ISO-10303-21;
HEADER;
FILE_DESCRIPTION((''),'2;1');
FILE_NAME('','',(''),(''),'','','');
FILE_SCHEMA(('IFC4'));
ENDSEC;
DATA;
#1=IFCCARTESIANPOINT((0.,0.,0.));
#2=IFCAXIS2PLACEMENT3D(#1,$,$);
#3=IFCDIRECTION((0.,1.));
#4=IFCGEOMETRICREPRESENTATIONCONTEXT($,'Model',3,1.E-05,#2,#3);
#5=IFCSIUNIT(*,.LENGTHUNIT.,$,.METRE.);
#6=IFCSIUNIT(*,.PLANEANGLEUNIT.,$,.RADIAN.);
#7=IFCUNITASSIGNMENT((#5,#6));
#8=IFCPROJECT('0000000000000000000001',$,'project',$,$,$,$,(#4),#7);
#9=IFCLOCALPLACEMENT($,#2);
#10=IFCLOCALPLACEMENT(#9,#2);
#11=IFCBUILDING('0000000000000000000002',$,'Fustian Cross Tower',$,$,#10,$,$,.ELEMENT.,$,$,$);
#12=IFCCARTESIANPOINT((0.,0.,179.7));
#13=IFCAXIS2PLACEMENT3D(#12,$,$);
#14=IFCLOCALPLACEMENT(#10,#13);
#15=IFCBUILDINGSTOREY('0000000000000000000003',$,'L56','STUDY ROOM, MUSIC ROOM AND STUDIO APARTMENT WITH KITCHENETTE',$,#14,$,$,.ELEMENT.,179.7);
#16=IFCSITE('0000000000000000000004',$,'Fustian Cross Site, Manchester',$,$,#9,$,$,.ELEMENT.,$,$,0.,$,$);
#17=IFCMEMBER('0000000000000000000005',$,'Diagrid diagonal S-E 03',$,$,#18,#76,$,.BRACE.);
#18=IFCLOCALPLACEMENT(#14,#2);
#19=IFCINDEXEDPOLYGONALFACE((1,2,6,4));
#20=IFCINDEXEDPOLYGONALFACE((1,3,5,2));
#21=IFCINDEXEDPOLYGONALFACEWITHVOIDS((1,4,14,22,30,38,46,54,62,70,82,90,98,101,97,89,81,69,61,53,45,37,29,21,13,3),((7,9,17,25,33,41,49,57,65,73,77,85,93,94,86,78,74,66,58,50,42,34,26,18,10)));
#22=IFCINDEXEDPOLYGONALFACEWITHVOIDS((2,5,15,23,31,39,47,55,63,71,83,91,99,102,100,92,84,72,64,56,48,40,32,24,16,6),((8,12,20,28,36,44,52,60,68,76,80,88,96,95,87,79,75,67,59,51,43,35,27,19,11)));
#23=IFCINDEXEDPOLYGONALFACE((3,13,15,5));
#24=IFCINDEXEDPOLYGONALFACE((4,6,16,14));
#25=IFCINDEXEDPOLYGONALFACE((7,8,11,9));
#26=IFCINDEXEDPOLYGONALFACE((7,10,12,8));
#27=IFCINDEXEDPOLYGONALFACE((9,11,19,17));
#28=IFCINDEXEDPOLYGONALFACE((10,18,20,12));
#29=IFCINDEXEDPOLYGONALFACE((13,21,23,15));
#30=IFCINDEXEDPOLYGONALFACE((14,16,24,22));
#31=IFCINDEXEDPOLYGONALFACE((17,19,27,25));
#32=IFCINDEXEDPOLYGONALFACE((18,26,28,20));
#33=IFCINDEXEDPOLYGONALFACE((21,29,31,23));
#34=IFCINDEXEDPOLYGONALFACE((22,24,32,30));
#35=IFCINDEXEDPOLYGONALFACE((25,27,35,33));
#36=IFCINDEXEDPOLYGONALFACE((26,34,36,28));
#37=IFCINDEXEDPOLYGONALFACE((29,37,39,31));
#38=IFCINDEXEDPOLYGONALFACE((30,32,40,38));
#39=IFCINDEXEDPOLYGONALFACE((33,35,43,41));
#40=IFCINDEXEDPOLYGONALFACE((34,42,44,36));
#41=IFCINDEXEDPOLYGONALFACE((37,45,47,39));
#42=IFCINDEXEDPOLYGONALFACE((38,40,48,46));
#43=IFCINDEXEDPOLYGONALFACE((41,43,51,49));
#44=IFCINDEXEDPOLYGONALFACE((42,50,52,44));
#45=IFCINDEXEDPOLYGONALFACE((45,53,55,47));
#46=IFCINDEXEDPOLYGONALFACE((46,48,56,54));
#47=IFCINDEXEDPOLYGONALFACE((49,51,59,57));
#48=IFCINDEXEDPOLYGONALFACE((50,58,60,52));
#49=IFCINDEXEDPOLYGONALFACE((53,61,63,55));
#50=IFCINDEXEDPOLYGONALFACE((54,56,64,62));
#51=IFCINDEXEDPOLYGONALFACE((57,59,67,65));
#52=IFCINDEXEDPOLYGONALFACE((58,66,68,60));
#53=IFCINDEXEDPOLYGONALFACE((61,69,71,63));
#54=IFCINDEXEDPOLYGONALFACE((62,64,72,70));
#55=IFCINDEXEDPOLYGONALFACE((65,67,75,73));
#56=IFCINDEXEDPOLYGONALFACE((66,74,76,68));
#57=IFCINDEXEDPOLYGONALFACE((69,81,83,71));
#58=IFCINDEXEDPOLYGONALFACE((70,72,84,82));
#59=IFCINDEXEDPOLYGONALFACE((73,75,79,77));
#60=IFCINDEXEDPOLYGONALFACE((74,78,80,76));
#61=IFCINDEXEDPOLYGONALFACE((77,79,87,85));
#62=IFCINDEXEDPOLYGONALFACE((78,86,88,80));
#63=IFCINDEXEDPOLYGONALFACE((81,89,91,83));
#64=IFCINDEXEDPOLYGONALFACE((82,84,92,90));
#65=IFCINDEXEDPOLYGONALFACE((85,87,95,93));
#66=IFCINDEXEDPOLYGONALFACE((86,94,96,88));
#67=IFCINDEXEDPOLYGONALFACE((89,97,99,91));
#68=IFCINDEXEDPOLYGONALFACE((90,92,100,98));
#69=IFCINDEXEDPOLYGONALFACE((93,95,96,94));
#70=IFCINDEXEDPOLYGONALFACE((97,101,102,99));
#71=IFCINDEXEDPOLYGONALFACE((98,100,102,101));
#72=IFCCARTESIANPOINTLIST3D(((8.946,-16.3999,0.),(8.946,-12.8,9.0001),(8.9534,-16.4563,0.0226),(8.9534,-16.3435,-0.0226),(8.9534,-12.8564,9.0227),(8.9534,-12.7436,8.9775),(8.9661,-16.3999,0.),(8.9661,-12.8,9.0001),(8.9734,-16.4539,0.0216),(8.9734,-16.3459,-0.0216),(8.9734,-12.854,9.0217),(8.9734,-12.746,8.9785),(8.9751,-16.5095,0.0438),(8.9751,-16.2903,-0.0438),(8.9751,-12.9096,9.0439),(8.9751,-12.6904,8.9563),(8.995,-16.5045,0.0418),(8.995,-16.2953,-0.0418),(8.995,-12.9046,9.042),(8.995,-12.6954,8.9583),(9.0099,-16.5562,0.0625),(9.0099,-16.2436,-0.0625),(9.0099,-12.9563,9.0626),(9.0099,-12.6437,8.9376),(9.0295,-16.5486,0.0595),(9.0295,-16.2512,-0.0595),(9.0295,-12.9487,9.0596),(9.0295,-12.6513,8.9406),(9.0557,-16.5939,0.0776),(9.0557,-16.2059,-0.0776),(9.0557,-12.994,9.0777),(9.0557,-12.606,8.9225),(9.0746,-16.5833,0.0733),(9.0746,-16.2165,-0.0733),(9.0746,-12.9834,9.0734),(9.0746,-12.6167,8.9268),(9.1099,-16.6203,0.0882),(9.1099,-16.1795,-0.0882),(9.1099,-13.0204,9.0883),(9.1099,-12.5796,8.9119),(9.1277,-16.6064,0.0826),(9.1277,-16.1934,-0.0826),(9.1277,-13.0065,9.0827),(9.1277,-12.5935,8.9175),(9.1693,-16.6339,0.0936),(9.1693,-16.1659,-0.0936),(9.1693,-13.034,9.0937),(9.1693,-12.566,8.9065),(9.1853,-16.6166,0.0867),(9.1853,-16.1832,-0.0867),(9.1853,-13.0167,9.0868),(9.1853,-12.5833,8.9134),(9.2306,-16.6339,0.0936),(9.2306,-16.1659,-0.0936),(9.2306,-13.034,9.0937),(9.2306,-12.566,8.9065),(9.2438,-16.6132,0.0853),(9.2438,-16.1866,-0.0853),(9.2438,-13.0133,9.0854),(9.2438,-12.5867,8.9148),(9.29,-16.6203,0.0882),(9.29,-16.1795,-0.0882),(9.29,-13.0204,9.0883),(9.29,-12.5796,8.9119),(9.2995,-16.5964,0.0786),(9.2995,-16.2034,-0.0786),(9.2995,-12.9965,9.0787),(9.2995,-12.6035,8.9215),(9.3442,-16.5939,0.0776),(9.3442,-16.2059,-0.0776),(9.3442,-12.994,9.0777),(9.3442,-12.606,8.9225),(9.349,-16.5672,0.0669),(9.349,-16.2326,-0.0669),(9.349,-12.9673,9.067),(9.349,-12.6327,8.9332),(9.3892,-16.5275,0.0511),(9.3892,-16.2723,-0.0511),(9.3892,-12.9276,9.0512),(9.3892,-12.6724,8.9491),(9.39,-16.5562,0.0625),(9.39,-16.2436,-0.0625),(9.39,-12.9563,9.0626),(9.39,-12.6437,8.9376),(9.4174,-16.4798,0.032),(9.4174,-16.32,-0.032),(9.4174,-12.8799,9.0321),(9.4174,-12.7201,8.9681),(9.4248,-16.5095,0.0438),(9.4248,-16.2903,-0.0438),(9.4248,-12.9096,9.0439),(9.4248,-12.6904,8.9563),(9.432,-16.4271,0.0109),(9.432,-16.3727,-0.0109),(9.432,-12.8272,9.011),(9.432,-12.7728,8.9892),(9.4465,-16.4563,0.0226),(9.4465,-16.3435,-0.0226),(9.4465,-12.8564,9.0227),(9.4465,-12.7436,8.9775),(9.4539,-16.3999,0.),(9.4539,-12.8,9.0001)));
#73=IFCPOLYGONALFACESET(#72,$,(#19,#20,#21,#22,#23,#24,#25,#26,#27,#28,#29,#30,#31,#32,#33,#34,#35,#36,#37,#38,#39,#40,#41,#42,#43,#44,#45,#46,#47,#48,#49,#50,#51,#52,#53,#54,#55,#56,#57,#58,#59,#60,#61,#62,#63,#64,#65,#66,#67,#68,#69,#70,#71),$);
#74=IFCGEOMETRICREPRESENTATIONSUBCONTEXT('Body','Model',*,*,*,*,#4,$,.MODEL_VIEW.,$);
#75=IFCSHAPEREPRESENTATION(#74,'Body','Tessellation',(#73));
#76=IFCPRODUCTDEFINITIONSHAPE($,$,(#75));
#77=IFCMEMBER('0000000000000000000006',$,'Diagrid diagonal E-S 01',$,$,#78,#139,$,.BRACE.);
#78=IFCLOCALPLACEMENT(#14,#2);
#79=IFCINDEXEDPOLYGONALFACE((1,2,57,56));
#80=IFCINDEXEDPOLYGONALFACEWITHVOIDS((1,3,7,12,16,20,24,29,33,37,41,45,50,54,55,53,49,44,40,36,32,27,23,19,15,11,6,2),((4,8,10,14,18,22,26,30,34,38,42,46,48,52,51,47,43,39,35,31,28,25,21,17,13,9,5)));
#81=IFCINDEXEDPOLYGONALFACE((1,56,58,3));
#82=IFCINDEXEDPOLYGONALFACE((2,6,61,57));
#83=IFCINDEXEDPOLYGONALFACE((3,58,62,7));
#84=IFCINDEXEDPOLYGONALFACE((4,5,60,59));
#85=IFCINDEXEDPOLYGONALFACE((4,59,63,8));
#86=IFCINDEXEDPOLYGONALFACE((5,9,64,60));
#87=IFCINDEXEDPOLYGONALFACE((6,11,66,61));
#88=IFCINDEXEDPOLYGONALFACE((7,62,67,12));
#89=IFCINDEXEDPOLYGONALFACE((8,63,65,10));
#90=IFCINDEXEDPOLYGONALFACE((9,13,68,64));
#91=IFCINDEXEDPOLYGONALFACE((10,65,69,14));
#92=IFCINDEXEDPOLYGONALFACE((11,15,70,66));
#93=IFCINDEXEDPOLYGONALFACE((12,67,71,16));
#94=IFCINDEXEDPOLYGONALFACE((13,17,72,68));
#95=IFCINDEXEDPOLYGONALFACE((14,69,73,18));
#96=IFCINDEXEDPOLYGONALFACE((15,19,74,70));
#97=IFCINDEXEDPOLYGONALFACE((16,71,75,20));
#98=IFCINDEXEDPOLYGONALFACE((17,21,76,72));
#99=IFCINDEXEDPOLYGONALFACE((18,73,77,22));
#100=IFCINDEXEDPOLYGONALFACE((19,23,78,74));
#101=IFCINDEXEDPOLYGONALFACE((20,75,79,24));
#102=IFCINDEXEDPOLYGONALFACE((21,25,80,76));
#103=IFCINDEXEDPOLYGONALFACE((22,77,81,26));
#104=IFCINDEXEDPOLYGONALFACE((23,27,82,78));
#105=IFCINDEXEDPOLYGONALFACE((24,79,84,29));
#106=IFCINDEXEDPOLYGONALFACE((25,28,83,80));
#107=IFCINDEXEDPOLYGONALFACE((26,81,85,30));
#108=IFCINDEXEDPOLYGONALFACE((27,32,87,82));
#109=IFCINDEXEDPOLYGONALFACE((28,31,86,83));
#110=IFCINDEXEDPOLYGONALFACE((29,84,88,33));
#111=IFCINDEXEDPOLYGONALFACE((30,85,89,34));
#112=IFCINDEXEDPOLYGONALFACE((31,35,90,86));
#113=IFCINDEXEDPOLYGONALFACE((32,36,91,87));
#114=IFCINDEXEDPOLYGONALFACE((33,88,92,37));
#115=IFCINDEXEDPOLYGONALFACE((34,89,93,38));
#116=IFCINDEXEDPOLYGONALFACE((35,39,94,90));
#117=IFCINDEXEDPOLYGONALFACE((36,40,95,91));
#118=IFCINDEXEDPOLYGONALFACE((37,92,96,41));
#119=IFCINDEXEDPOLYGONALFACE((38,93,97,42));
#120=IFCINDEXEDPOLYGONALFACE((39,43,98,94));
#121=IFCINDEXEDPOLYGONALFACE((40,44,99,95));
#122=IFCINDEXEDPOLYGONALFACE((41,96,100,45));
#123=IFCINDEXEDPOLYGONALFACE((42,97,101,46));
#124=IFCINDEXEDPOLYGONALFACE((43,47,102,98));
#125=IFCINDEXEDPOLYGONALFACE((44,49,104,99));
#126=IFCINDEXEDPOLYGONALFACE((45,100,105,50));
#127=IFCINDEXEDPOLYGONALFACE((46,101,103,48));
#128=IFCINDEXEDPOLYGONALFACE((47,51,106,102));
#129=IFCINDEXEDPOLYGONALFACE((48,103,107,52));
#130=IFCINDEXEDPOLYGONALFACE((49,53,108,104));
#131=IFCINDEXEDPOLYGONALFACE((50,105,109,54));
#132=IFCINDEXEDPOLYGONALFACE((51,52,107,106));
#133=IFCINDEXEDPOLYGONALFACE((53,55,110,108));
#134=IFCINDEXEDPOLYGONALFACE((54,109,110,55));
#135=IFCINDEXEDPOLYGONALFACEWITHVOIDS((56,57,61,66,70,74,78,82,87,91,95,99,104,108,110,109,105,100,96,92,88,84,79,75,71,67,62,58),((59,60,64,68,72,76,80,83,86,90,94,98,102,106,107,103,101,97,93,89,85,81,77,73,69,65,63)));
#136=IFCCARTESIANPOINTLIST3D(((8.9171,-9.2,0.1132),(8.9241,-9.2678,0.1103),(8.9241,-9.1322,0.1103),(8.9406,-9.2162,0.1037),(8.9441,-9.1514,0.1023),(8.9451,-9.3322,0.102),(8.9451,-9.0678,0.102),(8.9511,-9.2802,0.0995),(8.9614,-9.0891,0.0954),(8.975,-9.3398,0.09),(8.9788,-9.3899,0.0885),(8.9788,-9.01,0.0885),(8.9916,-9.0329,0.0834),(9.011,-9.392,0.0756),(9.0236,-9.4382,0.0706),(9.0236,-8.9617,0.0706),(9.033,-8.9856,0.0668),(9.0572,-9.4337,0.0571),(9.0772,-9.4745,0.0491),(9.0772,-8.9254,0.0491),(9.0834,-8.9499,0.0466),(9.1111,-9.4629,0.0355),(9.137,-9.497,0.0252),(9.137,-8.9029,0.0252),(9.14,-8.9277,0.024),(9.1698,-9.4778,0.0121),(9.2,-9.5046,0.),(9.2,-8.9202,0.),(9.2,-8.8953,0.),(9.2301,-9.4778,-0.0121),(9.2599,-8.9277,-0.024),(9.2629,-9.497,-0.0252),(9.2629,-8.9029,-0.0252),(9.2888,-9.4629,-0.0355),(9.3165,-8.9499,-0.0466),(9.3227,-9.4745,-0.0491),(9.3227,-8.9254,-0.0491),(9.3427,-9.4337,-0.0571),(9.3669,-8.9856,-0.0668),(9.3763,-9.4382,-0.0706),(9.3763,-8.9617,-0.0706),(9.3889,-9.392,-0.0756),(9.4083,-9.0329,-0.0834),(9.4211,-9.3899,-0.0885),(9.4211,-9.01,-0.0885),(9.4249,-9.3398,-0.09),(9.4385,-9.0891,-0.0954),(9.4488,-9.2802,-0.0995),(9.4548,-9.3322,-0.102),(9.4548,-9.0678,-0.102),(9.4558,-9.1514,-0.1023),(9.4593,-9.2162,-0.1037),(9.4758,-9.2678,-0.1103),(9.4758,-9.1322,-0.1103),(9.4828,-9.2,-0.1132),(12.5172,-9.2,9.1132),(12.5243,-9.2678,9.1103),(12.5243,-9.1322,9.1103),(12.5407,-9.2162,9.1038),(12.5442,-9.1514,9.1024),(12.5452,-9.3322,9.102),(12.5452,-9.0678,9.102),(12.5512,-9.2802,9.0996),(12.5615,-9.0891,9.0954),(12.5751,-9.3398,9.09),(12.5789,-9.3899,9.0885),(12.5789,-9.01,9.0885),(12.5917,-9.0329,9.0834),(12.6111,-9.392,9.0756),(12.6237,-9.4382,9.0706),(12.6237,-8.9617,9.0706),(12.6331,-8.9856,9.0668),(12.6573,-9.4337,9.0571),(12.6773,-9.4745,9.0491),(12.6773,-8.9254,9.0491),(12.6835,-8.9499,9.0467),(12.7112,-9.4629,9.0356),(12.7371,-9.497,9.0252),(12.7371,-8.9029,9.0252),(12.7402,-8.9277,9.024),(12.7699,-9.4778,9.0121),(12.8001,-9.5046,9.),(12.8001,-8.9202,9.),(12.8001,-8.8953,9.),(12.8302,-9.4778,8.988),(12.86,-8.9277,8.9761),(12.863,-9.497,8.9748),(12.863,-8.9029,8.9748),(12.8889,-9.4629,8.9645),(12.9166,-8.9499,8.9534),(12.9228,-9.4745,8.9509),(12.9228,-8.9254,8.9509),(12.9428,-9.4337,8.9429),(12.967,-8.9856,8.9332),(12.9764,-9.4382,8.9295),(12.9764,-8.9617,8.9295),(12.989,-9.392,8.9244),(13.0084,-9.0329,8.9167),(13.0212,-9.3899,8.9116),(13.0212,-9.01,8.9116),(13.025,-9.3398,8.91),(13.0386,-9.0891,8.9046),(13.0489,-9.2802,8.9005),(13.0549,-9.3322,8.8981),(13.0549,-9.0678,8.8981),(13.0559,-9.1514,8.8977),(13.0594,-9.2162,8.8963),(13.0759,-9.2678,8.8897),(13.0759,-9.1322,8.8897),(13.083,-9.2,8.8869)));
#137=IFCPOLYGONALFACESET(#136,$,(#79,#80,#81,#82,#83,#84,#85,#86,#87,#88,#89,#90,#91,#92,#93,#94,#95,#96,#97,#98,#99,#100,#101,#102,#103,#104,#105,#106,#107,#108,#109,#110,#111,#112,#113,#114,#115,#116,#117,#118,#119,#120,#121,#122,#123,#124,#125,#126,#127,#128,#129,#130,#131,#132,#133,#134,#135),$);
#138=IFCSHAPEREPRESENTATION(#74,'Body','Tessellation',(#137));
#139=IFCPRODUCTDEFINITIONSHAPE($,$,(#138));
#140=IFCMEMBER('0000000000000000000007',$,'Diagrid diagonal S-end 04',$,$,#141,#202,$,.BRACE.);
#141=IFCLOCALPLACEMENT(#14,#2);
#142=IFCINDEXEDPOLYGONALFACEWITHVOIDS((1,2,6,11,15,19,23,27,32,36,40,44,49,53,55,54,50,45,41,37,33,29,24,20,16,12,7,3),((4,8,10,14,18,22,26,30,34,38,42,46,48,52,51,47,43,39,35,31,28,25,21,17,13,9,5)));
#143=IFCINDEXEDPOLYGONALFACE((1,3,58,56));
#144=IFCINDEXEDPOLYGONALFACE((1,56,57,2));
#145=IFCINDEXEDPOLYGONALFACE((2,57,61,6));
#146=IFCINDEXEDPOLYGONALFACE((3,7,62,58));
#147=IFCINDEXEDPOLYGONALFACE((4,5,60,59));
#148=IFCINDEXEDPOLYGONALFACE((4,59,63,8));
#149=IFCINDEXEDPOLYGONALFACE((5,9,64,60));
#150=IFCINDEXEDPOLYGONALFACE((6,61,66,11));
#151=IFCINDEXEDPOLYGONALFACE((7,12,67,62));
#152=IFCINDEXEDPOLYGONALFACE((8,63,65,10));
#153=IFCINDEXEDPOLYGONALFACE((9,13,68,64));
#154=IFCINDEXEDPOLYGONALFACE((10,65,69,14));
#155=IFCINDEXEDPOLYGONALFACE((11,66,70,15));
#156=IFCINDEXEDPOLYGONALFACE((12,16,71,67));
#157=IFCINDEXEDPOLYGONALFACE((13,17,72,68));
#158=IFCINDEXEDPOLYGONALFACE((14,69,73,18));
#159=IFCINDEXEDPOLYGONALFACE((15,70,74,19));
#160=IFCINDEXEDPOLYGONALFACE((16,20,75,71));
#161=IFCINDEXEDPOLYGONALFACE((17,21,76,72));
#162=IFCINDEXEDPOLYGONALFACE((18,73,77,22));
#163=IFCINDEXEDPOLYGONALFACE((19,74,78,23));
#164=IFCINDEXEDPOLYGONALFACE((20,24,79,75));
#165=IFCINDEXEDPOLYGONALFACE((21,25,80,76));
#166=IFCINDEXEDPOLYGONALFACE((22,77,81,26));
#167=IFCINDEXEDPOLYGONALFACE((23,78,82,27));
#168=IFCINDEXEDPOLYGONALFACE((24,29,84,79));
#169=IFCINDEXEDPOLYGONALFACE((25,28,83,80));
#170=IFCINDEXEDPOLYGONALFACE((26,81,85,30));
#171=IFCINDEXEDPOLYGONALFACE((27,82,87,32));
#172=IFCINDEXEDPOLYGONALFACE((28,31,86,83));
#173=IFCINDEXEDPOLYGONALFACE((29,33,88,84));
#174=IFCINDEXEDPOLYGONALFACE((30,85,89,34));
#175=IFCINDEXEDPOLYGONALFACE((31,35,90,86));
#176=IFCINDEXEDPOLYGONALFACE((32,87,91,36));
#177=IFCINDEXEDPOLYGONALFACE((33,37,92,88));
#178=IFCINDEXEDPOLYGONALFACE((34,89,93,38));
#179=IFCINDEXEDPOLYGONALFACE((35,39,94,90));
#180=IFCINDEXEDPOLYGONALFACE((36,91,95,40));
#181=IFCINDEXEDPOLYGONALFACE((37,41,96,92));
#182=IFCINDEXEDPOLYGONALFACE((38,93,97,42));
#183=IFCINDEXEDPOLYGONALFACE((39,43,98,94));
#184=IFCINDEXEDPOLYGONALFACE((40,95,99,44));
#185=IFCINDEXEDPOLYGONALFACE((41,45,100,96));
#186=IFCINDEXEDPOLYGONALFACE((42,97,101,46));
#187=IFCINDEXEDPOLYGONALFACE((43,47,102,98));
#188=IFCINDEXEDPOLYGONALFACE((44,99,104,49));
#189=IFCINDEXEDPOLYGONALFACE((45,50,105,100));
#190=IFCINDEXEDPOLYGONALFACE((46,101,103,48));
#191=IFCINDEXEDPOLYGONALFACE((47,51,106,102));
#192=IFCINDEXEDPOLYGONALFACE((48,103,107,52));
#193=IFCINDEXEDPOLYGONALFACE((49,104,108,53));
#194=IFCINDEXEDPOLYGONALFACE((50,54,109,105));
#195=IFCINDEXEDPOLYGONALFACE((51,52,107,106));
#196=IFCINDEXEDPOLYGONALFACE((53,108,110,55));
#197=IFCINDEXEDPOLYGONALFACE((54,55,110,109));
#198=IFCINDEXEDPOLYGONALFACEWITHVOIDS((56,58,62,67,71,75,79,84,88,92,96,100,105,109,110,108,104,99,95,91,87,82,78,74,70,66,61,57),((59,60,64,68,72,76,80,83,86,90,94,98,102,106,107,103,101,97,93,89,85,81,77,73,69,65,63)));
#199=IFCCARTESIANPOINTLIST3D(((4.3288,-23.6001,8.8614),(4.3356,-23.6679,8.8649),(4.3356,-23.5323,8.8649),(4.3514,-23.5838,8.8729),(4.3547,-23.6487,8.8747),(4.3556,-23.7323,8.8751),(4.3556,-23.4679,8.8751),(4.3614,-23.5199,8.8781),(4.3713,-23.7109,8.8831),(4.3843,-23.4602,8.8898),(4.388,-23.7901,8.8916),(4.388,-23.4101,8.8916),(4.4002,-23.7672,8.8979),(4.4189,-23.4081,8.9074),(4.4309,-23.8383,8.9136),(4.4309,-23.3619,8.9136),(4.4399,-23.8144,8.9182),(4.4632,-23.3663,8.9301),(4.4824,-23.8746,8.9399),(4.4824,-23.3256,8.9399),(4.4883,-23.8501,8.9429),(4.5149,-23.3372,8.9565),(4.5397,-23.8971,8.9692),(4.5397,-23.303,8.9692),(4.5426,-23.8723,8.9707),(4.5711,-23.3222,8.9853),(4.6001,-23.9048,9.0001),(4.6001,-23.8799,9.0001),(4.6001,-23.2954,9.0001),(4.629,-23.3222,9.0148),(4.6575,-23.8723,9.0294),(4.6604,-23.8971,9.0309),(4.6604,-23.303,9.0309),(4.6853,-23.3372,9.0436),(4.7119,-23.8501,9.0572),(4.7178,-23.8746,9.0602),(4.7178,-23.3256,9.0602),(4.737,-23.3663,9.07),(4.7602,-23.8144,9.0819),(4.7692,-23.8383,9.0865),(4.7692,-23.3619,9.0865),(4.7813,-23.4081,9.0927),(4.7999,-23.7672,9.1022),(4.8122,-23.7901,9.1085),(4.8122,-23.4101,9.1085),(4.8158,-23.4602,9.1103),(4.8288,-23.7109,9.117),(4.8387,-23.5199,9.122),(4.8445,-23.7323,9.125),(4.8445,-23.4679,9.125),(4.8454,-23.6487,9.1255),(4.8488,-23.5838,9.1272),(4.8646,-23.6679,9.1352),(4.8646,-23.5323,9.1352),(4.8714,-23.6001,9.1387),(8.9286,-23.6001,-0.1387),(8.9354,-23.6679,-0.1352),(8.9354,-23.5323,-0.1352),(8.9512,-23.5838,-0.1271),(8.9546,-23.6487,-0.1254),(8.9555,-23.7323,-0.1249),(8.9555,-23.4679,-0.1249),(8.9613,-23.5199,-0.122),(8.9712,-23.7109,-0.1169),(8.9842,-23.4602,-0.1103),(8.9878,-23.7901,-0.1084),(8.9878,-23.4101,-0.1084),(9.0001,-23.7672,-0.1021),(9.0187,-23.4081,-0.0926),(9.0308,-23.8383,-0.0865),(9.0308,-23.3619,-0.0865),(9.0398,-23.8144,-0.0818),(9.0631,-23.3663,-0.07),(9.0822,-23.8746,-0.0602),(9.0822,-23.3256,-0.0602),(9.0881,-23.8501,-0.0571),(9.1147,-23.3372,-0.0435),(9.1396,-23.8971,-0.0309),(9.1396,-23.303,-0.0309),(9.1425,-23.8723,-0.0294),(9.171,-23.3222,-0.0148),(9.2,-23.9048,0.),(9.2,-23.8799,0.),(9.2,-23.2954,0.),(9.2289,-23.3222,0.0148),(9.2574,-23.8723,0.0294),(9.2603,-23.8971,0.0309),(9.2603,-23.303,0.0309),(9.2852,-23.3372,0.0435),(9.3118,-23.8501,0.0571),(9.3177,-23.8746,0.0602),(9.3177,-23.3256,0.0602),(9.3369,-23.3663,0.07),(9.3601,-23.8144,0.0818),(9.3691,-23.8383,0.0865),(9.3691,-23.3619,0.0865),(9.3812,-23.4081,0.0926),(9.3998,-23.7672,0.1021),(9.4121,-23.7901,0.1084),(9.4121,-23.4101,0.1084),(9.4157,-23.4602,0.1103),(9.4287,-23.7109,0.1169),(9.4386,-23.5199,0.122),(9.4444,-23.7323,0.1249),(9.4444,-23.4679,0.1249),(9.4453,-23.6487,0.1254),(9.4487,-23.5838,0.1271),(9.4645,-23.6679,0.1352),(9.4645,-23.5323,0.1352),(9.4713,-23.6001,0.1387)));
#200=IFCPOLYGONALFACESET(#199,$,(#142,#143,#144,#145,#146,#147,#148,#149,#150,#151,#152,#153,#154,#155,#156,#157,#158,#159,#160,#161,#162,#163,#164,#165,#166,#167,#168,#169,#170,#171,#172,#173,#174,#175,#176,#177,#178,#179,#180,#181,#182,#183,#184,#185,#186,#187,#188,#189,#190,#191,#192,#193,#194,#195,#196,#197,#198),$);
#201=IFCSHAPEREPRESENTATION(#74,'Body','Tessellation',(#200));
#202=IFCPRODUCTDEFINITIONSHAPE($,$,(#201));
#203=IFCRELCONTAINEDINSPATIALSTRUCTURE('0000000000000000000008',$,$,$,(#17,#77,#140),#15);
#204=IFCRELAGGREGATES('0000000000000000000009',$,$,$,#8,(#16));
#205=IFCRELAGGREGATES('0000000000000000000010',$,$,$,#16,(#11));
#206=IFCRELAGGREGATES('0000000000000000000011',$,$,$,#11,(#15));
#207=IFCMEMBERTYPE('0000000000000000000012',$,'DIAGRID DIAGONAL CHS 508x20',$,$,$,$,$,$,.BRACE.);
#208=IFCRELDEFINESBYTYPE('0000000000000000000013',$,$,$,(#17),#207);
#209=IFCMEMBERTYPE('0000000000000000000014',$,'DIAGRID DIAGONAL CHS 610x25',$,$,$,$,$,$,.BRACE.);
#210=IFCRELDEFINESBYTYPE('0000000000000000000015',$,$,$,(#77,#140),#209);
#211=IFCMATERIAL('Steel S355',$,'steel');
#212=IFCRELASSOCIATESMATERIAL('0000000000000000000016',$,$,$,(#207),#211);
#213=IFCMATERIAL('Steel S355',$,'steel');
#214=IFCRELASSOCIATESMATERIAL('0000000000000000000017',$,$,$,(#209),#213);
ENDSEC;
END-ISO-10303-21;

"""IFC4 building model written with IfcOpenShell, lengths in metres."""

from ifc_helpers import new_model, si_unit, direction, frame, origin, origin_2d, place, context, subcontext, project, spatial, hollow_circle, extrude, material, material_profile, profile_set, type_object, element, save


model = new_model("IFC4")

# Units and contexts
model_context = context("Model", 3, precision=1e-05, world=origin(), true_north=direction((0.0, 1.0)))
body_context = subcontext(model_context, "Body", "Model", "MODEL_VIEW")
ifc_project = project(units=[si_unit("LENGTHUNIT", "METRE"), si_unit("PLANEANGLEUNIT", "RADIAN")], contexts=[model_context])

# Site, building, storey
site_placement = place(None, origin())
site = spatial("IfcSite", under=ifc_project, at=site_placement, Name="Fustian Cross Site, Manchester", CompositionType="ELEMENT", RefElevation=0.0)
building_placement = place(site_placement, origin())
building = spatial("IfcBuilding", under=site, at=building_placement, Name="Fustian Cross Tower", CompositionType="ELEMENT")
storey_placement = place(building_placement, frame((0.0, 0.0, 179.7)))
storey = spatial("IfcBuildingStorey", under=building, at=storey_placement, Name="L56", Description="STUDY ROOM, MUSIC ROOM AND STUDIO APARTMENT WITH KITCHENETTE", CompositionType="ELEMENT", Elevation=179.7)

# Members
ifc_material_1 = material(Name="Steel S355", Category="steel")
ifc_material_profile_1 = material_profile(ifc_material_1, hollow_circle(Radius=0.2539, WallThickness=0.02, at=origin_2d()), Name="CHS 508x20")
ifc_profile_set_1 = profile_set([ifc_material_profile_1], Name="Steel S355")
member_type_1 = type_object("IfcMemberType", Name="DIAGRID DIAGONAL CHS 508x20", PredefinedType="BRACE", material=ifc_profile_set_1)
for number, where, z_axis, x_axis, name in (
    (1, (9.2, -16.3999, 0.0), (0.0, 0.371378, 0.928482), (-1.0, 0.0, 0.0), "Diagrid diagonal S-E 03"),
):
    element("IfcMember", number, at=place(storey_placement, frame(where, z_axis=z_axis, x_axis=x_axis)), inside=storey, type_object=member_type_1, Name=name, PredefinedType="BRACE", context=body_context, shape_type="SweptSolid", body=[
        extrude(hollow_circle(Radius=0.2539, WallThickness=0.02, at=origin_2d()), origin(), (0.0, 0.0, 1.0), 9.6934),
    ])
ifc_material_2 = material(Name="Steel S355", Category="steel")
ifc_material_profile_2 = material_profile(ifc_material_2, hollow_circle(Radius=0.3047, WallThickness=0.0249, at=origin_2d()), Name="CHS 610x25")
ifc_profile_set_2 = profile_set([ifc_material_profile_2], Name="Steel S355")
member_type_2 = type_object("IfcMemberType", Name="DIAGRID DIAGONAL CHS 610x25", PredefinedType="BRACE", material=ifc_profile_set_2)
member_1_placement = place(storey_placement, frame((9.2, -9.2, 0.0), z_axis=(0.371399, 0.0, 0.928473), x_axis=(0.0, 1.0, 0.0)))
element("IfcMember", 2, at=member_1_placement, inside=storey, type_object=member_type_2, Name="Diagrid diagonal E-S 01", PredefinedType="BRACE", context=body_context, shape_type="SweptSolid", body=[
    extrude(hollow_circle(Radius=0.3047, WallThickness=0.0249, at=origin_2d()), origin(), (0.0, 0.0, 1.0), 9.6934),
])
member_2_placement = place(storey_placement, frame((9.2, -23.6001, 0.0), z_axis=(-0.4551, 0.0, 0.890441), x_axis=(0.0, -1.0, 0.0)))
element("IfcMember", 3, at=member_2_placement, inside=storey, type_object=member_type_2, Name="Diagrid diagonal S-end 04", PredefinedType="BRACE", context=body_context, shape_type="SweptSolid", body=[
    extrude(hollow_circle(Radius=0.3047, WallThickness=0.0249, at=origin_2d()), origin(), (0.0, 0.0, 1.0), 10.1074),
])

save(model, "model.ifc")
